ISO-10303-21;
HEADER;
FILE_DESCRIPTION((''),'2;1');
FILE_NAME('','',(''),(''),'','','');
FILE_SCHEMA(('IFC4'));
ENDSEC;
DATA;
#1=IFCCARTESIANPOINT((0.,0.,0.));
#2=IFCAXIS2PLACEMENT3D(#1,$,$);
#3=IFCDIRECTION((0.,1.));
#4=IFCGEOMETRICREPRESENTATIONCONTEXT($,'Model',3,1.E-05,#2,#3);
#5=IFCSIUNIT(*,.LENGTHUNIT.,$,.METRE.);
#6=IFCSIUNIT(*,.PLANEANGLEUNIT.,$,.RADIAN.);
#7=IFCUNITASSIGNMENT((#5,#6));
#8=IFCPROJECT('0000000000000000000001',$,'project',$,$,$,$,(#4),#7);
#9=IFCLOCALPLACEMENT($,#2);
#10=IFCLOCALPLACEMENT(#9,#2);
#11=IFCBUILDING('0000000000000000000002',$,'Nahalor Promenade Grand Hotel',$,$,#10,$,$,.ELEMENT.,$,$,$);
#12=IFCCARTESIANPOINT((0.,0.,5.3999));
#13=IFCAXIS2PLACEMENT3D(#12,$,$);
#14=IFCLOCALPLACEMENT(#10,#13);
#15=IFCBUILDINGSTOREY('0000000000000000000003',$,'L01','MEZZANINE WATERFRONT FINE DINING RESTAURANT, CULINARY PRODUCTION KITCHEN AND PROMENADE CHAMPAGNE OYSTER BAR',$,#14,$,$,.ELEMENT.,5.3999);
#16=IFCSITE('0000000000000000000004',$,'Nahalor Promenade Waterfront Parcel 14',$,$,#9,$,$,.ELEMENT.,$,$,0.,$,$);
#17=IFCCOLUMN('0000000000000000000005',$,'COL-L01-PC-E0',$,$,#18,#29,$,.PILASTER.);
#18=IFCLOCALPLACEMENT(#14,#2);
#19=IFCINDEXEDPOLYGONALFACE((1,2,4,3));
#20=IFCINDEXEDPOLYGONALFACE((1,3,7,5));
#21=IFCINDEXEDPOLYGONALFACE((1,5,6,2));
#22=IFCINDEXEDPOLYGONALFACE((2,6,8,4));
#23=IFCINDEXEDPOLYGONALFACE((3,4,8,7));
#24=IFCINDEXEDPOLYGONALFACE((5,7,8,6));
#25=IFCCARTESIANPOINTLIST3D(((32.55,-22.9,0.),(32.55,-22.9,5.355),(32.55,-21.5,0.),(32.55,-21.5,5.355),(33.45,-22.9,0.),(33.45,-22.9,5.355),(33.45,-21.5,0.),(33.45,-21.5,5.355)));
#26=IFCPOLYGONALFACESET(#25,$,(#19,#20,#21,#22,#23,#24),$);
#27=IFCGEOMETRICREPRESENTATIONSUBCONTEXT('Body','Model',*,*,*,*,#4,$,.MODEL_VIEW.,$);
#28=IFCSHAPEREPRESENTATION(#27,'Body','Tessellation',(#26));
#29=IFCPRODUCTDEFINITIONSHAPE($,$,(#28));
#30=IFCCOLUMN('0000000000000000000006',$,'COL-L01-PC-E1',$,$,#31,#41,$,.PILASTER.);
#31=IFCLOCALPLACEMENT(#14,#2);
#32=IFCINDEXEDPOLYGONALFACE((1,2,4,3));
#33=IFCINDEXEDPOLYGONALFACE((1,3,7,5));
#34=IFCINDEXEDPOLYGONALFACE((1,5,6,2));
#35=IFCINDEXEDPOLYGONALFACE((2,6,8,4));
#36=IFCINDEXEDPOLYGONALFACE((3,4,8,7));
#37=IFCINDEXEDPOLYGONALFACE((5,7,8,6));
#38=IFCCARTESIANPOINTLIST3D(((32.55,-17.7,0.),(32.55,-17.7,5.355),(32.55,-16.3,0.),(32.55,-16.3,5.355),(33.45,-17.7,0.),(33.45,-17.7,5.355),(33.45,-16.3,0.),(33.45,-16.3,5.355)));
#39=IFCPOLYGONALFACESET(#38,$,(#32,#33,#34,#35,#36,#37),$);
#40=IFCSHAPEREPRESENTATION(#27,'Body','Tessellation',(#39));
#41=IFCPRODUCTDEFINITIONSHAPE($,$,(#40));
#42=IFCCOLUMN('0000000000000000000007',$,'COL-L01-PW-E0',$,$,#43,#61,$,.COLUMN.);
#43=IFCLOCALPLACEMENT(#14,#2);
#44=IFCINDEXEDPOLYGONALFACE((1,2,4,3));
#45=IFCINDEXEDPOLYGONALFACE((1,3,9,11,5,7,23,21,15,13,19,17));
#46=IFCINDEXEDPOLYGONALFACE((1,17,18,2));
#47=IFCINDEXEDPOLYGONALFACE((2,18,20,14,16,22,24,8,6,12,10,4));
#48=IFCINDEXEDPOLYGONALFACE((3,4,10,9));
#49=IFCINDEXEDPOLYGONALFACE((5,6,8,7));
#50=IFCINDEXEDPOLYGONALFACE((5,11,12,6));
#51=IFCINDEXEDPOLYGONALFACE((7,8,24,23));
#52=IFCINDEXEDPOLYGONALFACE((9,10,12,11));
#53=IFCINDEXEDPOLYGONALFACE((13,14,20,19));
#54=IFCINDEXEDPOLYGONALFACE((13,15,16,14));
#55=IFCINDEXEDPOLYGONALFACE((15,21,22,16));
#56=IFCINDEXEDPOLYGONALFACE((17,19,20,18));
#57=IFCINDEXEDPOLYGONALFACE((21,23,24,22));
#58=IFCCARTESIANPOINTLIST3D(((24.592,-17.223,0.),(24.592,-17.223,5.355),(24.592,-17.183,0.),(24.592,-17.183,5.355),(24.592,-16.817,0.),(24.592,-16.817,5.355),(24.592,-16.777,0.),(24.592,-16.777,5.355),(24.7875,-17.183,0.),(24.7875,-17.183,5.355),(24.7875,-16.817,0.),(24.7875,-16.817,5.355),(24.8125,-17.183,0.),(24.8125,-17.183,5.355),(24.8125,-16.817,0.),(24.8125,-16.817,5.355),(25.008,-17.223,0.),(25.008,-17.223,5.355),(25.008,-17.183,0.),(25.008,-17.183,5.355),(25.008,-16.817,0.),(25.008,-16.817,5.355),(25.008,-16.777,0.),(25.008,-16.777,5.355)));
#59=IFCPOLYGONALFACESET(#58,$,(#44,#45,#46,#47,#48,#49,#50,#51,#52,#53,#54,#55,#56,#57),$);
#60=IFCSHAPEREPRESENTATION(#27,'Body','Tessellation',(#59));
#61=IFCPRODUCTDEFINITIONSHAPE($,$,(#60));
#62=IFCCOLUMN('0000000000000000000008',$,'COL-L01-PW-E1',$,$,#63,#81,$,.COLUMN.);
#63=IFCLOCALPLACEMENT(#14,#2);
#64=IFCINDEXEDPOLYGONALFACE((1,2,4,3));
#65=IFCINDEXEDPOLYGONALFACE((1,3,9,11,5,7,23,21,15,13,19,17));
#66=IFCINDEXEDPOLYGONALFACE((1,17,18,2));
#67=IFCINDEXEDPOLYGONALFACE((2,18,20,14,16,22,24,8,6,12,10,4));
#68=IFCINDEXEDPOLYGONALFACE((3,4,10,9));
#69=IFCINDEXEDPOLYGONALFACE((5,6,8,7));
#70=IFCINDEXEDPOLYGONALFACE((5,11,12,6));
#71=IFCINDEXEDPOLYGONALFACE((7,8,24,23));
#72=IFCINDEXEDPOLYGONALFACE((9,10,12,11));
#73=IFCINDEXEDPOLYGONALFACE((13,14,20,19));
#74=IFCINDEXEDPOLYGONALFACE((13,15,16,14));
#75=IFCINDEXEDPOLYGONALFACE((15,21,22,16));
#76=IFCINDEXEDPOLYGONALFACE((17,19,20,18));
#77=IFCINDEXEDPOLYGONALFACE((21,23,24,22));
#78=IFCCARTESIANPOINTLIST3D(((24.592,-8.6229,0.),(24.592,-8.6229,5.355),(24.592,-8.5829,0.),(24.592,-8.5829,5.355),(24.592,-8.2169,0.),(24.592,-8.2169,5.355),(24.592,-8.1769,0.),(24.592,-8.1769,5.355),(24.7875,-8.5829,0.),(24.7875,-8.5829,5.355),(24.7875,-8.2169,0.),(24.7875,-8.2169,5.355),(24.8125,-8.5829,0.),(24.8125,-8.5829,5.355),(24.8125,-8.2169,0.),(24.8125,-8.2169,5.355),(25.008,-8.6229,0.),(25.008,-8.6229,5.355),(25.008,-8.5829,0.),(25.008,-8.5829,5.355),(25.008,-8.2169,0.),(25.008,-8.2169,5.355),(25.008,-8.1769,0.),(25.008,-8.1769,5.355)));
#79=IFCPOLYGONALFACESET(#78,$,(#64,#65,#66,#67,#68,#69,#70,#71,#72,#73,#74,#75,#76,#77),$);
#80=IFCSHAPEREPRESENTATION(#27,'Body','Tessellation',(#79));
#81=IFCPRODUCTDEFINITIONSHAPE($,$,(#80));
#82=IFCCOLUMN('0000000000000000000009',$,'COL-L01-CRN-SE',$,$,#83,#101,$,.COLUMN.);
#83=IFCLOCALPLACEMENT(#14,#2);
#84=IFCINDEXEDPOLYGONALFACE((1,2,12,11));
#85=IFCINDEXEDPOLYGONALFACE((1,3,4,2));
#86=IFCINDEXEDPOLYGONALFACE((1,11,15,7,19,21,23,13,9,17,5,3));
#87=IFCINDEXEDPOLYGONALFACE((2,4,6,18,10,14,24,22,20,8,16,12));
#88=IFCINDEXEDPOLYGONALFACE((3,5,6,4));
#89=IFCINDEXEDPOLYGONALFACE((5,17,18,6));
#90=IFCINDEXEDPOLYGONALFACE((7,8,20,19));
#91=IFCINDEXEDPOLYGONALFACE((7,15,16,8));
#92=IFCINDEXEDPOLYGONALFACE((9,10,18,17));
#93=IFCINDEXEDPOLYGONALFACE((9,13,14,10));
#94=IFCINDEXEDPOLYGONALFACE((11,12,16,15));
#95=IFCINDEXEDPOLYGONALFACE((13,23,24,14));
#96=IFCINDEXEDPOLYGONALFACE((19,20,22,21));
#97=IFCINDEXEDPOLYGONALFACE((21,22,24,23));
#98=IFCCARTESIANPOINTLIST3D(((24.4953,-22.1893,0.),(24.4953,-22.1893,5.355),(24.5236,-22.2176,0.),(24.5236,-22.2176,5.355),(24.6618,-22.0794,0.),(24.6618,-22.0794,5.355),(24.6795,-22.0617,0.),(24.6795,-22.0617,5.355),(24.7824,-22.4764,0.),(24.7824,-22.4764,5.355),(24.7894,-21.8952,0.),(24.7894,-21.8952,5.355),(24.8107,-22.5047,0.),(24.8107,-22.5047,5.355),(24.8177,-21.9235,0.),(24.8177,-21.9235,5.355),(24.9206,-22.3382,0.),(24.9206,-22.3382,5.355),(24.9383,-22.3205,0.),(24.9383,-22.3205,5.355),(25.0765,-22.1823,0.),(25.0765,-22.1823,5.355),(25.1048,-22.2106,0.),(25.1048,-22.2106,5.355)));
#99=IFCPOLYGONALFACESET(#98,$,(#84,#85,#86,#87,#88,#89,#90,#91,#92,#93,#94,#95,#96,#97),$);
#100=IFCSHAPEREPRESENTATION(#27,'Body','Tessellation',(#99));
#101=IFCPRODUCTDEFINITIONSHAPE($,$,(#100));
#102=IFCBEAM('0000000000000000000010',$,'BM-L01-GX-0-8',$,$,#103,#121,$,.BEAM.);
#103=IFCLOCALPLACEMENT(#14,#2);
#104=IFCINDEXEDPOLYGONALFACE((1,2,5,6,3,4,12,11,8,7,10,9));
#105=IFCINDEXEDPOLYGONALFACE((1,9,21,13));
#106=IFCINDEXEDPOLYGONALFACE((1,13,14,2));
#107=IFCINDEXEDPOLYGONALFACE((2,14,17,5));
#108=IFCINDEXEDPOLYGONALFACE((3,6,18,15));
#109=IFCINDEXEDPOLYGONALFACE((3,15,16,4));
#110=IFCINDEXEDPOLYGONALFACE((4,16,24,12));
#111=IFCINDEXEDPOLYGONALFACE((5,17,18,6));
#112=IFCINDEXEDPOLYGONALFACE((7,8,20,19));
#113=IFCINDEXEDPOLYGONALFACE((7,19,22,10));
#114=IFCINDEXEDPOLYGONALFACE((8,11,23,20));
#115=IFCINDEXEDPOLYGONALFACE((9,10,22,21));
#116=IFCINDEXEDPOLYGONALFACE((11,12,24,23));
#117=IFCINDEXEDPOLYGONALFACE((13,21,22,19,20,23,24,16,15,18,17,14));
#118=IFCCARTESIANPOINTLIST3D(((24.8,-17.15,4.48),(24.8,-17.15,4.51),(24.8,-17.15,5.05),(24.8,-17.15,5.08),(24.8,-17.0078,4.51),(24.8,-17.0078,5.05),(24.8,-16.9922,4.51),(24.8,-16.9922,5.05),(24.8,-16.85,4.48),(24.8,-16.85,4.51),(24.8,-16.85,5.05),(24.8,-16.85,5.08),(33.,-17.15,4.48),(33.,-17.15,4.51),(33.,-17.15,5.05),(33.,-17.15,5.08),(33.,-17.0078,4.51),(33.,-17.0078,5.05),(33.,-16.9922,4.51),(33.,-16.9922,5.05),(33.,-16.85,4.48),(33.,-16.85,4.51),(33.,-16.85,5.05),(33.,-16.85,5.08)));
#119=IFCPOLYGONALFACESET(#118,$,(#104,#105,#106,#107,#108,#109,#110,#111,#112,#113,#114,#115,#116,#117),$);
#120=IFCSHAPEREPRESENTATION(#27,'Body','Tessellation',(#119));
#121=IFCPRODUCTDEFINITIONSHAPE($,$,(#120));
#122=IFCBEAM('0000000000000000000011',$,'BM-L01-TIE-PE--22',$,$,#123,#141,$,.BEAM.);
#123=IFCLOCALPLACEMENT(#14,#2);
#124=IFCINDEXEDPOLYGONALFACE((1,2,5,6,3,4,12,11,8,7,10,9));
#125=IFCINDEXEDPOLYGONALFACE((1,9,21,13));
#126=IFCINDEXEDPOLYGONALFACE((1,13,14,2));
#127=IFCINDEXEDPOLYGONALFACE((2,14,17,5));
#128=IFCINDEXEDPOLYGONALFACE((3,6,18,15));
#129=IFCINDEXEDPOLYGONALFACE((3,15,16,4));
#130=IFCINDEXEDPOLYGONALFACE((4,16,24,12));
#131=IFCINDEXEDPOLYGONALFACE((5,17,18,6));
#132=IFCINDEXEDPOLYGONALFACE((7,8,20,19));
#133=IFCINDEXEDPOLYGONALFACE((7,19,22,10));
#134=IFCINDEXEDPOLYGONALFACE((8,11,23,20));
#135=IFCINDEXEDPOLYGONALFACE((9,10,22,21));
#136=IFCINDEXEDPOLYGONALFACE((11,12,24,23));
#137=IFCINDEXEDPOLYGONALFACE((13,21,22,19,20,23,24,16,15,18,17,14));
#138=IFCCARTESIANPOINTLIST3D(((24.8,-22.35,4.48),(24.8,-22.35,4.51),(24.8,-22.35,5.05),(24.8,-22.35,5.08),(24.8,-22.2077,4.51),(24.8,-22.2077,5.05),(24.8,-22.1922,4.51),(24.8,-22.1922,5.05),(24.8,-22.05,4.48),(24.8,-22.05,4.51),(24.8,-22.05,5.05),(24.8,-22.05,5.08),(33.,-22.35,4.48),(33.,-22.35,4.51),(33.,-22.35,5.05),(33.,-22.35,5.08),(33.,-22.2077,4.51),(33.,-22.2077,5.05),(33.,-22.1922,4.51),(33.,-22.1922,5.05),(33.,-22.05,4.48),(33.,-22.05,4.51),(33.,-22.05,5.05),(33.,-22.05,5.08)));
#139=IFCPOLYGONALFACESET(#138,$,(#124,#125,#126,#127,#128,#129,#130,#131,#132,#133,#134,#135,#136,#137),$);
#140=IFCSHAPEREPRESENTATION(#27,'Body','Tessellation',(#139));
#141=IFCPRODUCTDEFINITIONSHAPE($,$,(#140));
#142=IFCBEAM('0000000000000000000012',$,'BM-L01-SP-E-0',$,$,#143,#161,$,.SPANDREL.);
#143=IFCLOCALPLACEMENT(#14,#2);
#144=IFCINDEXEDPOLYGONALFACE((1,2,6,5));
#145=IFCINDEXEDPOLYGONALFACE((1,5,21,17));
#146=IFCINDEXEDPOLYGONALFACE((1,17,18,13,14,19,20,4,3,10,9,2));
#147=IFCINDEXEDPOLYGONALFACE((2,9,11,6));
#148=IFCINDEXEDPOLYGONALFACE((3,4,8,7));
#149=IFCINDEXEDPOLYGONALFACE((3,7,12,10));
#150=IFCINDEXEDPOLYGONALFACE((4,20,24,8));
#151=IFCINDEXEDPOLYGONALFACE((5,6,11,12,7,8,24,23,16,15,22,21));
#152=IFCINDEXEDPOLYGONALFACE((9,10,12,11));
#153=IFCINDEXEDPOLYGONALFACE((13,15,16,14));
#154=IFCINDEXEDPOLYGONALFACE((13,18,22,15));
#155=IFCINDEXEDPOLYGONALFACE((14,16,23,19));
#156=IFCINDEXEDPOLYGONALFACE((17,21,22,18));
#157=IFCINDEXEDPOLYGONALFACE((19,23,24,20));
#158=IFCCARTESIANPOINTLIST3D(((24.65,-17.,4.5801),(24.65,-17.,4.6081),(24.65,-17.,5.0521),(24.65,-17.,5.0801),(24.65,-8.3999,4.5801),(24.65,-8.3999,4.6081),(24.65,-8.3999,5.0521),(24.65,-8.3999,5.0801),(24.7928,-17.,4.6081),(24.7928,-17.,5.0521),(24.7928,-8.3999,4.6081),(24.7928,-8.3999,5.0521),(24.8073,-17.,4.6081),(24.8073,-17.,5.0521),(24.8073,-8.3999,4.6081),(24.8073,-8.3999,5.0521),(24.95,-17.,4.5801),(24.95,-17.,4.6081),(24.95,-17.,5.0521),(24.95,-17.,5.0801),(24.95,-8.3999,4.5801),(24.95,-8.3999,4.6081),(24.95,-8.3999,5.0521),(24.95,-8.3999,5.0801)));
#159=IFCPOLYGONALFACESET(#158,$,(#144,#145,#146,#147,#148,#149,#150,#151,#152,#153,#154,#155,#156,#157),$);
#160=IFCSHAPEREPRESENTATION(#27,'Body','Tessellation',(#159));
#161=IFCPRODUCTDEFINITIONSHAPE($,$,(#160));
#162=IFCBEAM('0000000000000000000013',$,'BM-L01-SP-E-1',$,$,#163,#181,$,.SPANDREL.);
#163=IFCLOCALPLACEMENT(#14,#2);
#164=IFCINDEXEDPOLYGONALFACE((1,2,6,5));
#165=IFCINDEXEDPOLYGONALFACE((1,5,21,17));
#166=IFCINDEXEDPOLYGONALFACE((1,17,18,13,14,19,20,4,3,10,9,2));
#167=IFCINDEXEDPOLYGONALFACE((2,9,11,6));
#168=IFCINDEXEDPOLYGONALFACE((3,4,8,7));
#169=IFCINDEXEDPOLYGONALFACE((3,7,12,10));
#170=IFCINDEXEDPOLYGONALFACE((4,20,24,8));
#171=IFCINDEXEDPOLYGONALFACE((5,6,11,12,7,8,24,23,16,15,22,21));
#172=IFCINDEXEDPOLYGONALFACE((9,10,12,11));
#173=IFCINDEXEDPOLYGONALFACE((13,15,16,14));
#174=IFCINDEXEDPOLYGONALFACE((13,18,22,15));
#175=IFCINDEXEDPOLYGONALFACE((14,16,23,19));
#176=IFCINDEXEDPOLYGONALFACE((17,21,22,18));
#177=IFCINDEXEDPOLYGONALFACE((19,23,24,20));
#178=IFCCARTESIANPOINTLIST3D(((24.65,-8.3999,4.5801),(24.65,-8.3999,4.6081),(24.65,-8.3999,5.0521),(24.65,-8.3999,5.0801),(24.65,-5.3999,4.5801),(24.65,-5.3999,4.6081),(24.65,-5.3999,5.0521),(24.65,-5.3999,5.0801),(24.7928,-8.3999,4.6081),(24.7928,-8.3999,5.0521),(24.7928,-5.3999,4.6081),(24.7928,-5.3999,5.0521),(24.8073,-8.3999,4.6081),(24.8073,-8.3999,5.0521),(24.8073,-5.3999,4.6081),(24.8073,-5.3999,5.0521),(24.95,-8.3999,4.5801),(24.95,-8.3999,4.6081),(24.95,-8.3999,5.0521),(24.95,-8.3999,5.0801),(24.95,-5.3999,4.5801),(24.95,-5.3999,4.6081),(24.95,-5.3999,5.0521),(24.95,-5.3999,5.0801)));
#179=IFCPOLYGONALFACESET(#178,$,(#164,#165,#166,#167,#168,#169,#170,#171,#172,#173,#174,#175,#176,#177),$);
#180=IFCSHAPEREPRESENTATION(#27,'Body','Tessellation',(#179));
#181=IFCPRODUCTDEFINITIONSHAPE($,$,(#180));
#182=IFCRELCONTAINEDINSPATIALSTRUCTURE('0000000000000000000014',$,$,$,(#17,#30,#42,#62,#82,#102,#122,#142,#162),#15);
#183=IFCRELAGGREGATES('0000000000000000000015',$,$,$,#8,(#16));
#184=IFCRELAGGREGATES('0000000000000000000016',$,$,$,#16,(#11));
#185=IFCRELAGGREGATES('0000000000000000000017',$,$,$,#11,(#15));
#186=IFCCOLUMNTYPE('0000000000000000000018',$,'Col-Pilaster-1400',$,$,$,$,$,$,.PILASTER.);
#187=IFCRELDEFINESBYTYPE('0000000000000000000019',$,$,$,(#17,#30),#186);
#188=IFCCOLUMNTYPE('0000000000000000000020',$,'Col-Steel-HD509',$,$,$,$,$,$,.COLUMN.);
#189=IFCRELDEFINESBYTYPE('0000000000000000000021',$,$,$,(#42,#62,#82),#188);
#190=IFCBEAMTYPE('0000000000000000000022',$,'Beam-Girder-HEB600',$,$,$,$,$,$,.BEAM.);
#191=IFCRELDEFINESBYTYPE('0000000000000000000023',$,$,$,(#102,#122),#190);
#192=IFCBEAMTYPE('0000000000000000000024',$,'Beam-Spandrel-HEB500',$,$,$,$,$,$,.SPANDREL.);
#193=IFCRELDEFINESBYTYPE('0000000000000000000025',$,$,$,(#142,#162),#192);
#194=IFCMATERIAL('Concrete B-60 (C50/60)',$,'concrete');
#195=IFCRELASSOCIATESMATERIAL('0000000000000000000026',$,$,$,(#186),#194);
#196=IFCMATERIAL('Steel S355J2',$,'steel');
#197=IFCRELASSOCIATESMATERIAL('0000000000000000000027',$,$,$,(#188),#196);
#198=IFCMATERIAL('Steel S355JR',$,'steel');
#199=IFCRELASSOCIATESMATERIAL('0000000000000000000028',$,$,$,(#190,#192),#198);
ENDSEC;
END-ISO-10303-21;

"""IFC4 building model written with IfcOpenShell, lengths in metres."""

from ifc_helpers import new_model, si_unit, direction, frame, origin, origin_2d, place, context, subcontext, project, spatial, rectangle, i_section, extrude, source, transform, mapped, material, material_profile, profile_set, type_object, element, save


model = new_model("IFC4")

# Units and contexts
model_context = context("Model", 3, precision=1e-05, world=origin(), true_north=direction((0.0, 1.0)))
body_context = subcontext(model_context, "Body", "Model", "MODEL_VIEW")
ifc_project = project(units=[si_unit("LENGTHUNIT", "METRE"), si_unit("PLANEANGLEUNIT", "RADIAN")], contexts=[model_context])

# Site, building, storey
site_placement = place(None, origin())
site = spatial("IfcSite", under=ifc_project, at=site_placement, Name="Nahalor Promenade Waterfront Parcel 14", CompositionType="ELEMENT", RefElevation=0.0)
building_placement = place(site_placement, origin())
building = spatial("IfcBuilding", under=site, at=building_placement, Name="Nahalor Promenade Grand Hotel", CompositionType="ELEMENT")
storey_placement = place(building_placement, frame((0.0, 0.0, 5.3999)))
storey = spatial("IfcBuildingStorey", under=building, at=storey_placement, Name="L01", Description="MEZZANINE WATERFRONT FINE DINING RESTAURANT, CULINARY PRODUCTION KITCHEN AND PROMENADE CHAMPAGNE OYSTER BAR", CompositionType="ELEMENT", Elevation=5.3999)

# Columns
ifc_material_1 = material(Name="Concrete B-60 (C50/60)", Category="concrete")
ifc_material_profile_1 = material_profile(ifc_material_1, rectangle(XDim=0.9, YDim=1.4, at=origin_2d()), Name="RC 900x1400")
ifc_profile_set_1 = profile_set([ifc_material_profile_1], Name="Concrete B-60 (C50/60)")
column_type_1 = type_object("IfcColumnType", Name="Col-Pilaster-1400", PredefinedType="PILASTER", material=ifc_profile_set_1)
shared_shape_1 = source(origin(), body_context, "Body", "SweptSolid", [
    extrude(rectangle(XDim=0.9, YDim=1.4, at=origin_2d()), origin(), (0.0, 0.0, 1.0), 5.355),
])
for number, where, z_axis, x_axis, name in (
    (1, (33.0, -22.2, 0.0), (0.0, 0.0, 1.0), (1.0, 0.0, 0.0), "COL-L01-PC-E0"),
    (2, (33.0, -17.0, 0.0), (0.0, 0.0, 1.0), (1.0, 0.0, 0.0), "COL-L01-PC-E1"),
):
    element("IfcColumn", number, at=place(storey_placement, frame(where, z_axis=z_axis, x_axis=x_axis)), inside=storey, type_object=column_type_1, Name=name, PredefinedType="PILASTER", context=body_context, shape_type="MappedRepresentation", body=[
        mapped(shared_shape_1, transform((0.0, 0.0, 0.0), scale=1.0)),
    ])
ifc_material_2 = material(Name="Steel S355J2", Category="steel")
ifc_material_profile_2 = material_profile(ifc_material_2, i_section(OverallWidth=0.416, OverallDepth=0.446, WebThickness=0.025, FlangeThickness=0.04, at=origin_2d()), Name="HD 400x509")
ifc_profile_set_2 = profile_set([ifc_material_profile_2], Name="Steel S355J2")
column_type_2 = type_object("IfcColumnType", Name="Col-Steel-HD509", PredefinedType="COLUMN", material=ifc_profile_set_2)
shared_shape_2 = source(origin(), body_context, "Body", "SweptSolid", [
    extrude(i_section(OverallWidth=0.416, OverallDepth=0.446, WebThickness=0.025, FlangeThickness=0.04, at=origin_2d()), origin(), (0.0, 0.0, 1.0), 5.355),
])
for number, where, z_axis, x_axis, name in (
    (3, (24.8, -17.0, 0.0), (0.0, 0.0, 1.0), (1.0, 0.0, 0.0), "COL-L01-PW-E0"),
    (4, (24.8, -8.3999, 0.0), (0.0, 0.0, 1.0), (1.0, 0.0, 0.0), "COL-L01-PW-E1"),
    (5, (24.8, -22.2, 0.0), (0.0, 0.0, 1.0), (0.707107, 0.707107, 0.0), "COL-L01-CRN-SE"),
):
    element("IfcColumn", number, at=place(storey_placement, frame(where, z_axis=z_axis, x_axis=x_axis)), inside=storey, type_object=column_type_2, Name=name, PredefinedType="COLUMN", context=body_context, shape_type="MappedRepresentation", body=[
        mapped(shared_shape_2, transform((0.0, 0.0, 0.0), scale=1.0)),
    ])

# Beams
ifc_material_3 = material(Name="Steel S355JR", Category="steel")
ifc_material_profile_3 = material_profile(ifc_material_3, i_section(OverallWidth=0.3, OverallDepth=0.6, WebThickness=0.0155, FlangeThickness=0.03, at=origin_2d()), Name="HEB 600")
ifc_profile_set_3 = profile_set([ifc_material_profile_3], Name="Steel S355JR")
beam_type_1 = type_object("IfcBeamType", Name="Beam-Girder-HEB600", PredefinedType="BEAM", material=ifc_profile_set_3)
shared_shape_3 = source(origin(), body_context, "Body", "SweptSolid", [
    extrude(i_section(OverallWidth=0.3, OverallDepth=0.6, WebThickness=0.0155, FlangeThickness=0.03, at=origin_2d()), origin(), (0.0, 0.0, 1.0), 8.2),
])
for number, where, z_axis, x_axis, name in (
    (6, (24.8, -17.0, 4.78), (1.0, 0.0, 0.0), (0.0, 1.0, 0.0), "BM-L01-GX-0-8"),
    (7, (24.8, -22.2, 4.78), (1.0, 0.0, 0.0), (0.0, 1.0, 0.0), "BM-L01-TIE-PE--22"),
):
    element("IfcBeam", number, at=place(storey_placement, frame(where, z_axis=z_axis, x_axis=x_axis)), inside=storey, type_object=beam_type_1, Name=name, PredefinedType="BEAM", context=body_context, shape_type="MappedRepresentation", body=[
        mapped(shared_shape_3, transform((0.0, 0.0, 0.0), scale=1.0)),
    ])
ifc_material_profile_4 = material_profile(ifc_material_3, i_section(OverallWidth=0.3, OverallDepth=0.5, WebThickness=0.0145, FlangeThickness=0.028, at=origin_2d()), Name="HEB 500")
ifc_profile_set_4 = profile_set([ifc_material_profile_4], Name="Steel S355JR")
beam_type_2 = type_object("IfcBeamType", Name="Beam-Spandrel-HEB500", PredefinedType="SPANDREL", material=ifc_profile_set_4)
shared_shape_4 = source(origin(), body_context, "Body", "SweptSolid", [
    extrude(i_section(OverallWidth=0.3, OverallDepth=0.5, WebThickness=0.0145, FlangeThickness=0.028, at=origin_2d()), origin(), (0.0, 0.0, 1.0), 8.6001),
])
beam_1_placement = place(storey_placement, frame((24.8, -17.0, 4.8301), z_axis=(0.0, 1.0, 0.0), x_axis=(-1.0, 0.0, 0.0)))
element("IfcBeam", 8, at=beam_1_placement, inside=storey, type_object=beam_type_2, Name="BM-L01-SP-E-0", PredefinedType="SPANDREL", context=body_context, shape_type="MappedRepresentation", body=[
    mapped(shared_shape_4, transform((0.0, 0.0, 0.0), scale=1.0)),
])
shared_shape_5 = source(origin(), body_context, "Body", "SweptSolid", [
    extrude(i_section(OverallWidth=0.3, OverallDepth=0.5, WebThickness=0.0145, FlangeThickness=0.028, at=origin_2d()), origin(), (0.0, 0.0, 1.0), 3.0),
])
beam_2_placement = place(storey_placement, frame((24.8, -8.3999, 4.8301), z_axis=(0.0, 1.0, 0.0), x_axis=(-1.0, 0.0, 0.0)))
element("IfcBeam", 9, at=beam_2_placement, inside=storey, type_object=beam_type_2, Name="BM-L01-SP-E-1", PredefinedType="SPANDREL", context=body_context, shape_type="MappedRepresentation", body=[
    mapped(shared_shape_5, transform((0.0, 0.0, 0.0), scale=1.0)),
])

save(model, "model.ifc")
